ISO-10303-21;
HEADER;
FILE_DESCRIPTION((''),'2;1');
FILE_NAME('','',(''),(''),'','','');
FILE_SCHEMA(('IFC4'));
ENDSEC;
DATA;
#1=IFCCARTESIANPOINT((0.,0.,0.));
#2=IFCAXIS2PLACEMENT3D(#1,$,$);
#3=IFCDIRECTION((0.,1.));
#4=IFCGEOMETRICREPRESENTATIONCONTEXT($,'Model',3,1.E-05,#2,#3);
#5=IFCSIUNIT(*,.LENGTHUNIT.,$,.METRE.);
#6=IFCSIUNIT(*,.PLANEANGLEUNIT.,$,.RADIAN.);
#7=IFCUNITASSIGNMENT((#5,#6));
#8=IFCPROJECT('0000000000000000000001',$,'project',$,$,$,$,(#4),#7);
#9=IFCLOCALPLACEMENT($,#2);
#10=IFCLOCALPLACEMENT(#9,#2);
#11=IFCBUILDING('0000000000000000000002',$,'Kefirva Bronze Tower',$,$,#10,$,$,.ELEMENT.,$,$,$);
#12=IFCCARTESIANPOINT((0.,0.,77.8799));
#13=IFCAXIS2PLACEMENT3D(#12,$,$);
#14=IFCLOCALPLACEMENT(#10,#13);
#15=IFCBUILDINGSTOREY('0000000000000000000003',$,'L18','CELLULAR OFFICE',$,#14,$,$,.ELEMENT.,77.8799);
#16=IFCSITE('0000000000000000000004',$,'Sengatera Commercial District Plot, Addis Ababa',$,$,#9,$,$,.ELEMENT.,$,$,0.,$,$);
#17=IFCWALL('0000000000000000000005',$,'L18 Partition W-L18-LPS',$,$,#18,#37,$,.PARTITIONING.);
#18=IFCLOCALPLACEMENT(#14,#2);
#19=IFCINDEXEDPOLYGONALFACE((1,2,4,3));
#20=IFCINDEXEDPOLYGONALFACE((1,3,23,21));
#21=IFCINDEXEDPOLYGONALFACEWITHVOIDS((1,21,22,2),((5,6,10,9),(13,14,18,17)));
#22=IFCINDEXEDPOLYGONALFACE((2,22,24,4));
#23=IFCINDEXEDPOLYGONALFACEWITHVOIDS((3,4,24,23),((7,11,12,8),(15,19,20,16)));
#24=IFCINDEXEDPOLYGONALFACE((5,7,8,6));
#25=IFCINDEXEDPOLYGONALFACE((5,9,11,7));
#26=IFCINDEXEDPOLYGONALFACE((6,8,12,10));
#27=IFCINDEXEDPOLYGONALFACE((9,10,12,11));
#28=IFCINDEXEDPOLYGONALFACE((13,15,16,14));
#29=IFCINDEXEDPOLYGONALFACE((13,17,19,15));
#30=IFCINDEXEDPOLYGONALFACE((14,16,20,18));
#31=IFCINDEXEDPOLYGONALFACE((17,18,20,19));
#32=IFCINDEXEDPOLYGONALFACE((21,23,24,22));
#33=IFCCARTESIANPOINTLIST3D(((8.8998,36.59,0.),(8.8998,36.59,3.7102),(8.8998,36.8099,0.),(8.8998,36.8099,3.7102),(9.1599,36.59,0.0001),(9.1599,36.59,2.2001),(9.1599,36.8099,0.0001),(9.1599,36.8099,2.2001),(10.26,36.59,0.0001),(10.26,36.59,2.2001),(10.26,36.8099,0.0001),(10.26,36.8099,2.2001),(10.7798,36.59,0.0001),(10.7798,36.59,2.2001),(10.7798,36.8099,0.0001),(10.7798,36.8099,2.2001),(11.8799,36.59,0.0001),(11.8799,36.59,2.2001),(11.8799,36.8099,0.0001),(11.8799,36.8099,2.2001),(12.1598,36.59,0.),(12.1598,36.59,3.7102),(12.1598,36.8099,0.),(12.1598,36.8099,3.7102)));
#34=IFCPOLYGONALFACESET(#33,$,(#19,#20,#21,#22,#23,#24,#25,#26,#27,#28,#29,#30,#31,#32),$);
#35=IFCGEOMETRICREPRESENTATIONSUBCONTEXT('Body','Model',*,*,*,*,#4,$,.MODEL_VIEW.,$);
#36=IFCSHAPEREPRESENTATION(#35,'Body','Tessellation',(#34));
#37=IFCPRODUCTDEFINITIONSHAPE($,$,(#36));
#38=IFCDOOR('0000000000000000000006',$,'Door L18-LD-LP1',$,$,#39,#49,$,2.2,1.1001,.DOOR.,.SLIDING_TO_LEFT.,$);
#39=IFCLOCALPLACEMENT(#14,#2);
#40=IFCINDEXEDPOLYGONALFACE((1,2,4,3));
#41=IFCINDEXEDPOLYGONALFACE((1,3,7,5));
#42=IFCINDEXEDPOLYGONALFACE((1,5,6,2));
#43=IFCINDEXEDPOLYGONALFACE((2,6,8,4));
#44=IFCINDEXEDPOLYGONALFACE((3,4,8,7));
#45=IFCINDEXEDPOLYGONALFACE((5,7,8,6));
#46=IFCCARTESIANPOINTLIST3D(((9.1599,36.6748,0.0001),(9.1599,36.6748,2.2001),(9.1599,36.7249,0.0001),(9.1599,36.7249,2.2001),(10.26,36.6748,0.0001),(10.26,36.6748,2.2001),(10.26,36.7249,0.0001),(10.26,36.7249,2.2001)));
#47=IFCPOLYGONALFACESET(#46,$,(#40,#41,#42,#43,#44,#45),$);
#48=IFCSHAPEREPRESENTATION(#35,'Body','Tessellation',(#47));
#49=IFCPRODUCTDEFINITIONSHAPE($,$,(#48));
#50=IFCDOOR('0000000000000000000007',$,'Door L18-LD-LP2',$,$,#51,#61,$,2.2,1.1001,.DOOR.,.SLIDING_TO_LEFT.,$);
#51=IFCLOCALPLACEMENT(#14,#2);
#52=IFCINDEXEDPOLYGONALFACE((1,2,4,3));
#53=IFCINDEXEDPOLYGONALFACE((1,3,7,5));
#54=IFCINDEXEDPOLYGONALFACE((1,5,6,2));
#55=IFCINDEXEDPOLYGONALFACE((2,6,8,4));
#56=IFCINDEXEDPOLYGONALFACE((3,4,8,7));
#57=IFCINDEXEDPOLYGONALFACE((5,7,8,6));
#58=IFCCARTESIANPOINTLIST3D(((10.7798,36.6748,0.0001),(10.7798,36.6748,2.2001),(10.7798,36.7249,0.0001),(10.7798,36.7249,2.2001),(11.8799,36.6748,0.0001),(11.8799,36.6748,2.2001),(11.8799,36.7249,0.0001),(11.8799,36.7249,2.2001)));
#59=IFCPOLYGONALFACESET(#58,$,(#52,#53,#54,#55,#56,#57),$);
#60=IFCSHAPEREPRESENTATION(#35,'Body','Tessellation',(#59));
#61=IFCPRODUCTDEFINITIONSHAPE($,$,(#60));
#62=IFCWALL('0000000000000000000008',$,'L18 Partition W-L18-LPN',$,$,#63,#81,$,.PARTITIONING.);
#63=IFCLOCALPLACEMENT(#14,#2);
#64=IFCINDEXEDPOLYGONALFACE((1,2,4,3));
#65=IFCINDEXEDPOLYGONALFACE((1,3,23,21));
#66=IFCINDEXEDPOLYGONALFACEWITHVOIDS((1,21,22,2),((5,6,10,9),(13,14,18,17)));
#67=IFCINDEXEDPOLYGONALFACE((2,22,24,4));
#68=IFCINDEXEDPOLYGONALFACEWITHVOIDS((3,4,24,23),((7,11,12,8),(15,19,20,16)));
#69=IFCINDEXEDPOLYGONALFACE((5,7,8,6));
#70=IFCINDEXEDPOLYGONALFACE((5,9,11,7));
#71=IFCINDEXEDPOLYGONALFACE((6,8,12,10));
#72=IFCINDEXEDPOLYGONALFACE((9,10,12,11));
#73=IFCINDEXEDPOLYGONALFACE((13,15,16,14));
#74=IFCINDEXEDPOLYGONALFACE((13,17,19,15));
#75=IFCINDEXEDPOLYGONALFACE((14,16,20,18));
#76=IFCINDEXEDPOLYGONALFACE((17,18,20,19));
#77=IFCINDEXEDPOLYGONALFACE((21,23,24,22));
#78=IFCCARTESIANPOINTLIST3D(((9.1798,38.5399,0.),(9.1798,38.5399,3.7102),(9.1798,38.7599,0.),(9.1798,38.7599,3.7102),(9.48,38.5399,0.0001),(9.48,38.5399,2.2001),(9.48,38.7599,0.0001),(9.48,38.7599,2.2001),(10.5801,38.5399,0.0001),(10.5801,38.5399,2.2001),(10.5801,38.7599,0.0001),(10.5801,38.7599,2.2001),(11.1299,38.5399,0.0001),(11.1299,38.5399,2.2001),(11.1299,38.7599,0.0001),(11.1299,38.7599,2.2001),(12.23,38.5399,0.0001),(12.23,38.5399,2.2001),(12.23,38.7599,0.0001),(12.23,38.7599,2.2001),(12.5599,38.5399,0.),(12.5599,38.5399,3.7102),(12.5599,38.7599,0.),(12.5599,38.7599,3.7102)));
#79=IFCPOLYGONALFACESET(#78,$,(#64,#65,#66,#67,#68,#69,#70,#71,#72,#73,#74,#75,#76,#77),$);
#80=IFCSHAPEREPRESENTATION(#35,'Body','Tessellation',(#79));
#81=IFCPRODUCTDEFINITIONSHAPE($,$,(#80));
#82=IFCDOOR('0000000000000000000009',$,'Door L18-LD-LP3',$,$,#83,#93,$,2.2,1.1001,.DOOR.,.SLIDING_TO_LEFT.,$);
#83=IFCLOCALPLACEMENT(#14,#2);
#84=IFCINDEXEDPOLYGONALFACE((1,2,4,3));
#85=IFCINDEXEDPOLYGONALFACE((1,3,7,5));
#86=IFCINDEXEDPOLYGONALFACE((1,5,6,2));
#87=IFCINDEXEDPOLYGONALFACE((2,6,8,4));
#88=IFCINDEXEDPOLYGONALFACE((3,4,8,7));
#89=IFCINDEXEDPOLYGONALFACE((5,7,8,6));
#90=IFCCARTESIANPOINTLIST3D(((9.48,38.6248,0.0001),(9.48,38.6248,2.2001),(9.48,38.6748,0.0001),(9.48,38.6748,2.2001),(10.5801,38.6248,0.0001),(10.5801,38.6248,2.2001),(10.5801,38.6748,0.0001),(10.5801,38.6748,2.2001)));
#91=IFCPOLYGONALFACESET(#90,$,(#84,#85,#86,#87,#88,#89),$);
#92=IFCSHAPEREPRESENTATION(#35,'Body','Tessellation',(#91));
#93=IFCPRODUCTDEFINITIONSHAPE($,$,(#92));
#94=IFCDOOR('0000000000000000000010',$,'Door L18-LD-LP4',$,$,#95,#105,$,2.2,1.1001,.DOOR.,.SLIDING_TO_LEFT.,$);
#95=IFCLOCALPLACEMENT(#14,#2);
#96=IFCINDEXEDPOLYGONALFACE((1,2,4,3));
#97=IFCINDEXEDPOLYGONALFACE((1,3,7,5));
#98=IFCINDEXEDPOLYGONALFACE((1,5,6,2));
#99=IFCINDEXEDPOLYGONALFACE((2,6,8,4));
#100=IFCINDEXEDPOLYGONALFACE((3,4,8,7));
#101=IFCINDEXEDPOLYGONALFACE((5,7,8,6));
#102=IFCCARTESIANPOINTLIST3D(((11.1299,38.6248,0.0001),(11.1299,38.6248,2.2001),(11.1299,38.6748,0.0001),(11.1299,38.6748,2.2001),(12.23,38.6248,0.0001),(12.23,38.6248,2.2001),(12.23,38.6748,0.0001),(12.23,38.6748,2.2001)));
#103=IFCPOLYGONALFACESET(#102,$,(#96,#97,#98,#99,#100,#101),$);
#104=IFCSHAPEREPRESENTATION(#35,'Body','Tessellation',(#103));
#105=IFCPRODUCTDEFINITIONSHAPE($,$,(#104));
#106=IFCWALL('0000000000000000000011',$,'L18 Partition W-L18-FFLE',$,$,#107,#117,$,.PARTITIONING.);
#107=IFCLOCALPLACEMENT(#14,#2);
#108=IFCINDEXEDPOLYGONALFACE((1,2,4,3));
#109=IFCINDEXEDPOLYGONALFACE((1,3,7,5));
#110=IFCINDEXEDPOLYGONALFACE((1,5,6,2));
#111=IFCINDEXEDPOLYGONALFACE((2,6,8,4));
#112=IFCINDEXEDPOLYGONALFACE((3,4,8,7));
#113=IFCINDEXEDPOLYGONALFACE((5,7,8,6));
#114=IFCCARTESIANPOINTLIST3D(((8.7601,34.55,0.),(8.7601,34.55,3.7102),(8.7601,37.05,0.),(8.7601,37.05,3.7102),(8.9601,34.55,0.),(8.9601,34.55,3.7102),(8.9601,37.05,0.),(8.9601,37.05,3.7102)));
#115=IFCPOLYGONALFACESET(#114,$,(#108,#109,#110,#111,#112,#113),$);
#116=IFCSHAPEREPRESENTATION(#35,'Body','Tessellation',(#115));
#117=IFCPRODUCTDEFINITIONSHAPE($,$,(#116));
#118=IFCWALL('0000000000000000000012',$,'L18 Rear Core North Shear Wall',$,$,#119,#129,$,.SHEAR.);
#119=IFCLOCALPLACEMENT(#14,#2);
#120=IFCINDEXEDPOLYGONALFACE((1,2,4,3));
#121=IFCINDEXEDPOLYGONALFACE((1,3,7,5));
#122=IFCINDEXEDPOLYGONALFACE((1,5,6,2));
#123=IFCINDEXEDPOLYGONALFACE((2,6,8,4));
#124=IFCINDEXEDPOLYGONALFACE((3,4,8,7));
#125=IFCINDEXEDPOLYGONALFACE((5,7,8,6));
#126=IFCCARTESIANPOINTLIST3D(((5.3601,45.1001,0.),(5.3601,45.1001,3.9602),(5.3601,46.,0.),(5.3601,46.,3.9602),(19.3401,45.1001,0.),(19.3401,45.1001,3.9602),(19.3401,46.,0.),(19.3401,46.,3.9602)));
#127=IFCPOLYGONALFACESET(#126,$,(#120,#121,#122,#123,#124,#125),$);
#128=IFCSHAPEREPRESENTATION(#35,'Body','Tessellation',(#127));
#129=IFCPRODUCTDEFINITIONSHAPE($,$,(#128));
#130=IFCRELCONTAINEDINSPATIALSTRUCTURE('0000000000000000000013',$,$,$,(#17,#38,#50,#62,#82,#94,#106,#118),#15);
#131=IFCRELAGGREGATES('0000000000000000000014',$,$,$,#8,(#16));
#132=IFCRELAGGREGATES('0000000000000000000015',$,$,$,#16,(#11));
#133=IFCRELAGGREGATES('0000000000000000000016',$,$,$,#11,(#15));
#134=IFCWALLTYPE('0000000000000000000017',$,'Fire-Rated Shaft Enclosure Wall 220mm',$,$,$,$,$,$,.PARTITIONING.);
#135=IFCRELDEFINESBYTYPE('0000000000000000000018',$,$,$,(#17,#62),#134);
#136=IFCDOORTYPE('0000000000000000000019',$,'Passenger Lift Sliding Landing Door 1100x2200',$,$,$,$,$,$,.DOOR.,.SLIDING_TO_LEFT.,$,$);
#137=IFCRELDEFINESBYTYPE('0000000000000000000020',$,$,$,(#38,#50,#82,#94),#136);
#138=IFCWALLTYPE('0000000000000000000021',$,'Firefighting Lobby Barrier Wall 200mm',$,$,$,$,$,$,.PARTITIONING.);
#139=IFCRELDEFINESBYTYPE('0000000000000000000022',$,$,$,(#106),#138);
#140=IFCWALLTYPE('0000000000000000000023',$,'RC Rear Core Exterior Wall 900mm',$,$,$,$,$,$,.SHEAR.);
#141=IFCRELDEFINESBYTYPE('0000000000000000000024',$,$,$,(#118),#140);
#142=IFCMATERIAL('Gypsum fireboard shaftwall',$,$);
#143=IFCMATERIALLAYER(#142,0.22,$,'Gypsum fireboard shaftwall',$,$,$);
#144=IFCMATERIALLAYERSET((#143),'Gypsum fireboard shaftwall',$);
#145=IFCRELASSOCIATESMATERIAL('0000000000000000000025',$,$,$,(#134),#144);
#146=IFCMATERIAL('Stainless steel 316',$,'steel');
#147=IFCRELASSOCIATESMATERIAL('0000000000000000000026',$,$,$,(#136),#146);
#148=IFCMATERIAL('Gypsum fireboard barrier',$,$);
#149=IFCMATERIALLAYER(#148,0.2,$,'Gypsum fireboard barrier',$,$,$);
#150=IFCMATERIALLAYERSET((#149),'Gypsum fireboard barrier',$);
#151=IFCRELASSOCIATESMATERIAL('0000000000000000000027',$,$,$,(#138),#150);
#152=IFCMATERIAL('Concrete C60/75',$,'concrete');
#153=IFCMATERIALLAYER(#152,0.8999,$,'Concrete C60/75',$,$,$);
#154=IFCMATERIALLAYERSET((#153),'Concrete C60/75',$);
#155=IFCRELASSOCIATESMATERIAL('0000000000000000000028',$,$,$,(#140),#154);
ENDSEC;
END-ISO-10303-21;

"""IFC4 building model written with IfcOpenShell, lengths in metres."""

from ifc_helpers import new_model, si_unit, direction, frame, frame_2d, origin, place, context, subcontext, project, spatial, rectangle, extrude, material, layer, layer_set, type_object, element, fill, save


model = new_model("IFC4")

# Units and contexts
model_context = context("Model", 3, precision=1e-05, world=origin(), true_north=direction((0.0, 1.0)))
body_context = subcontext(model_context, "Body", "Model", "MODEL_VIEW")
ifc_project = project(units=[si_unit("LENGTHUNIT", "METRE"), si_unit("PLANEANGLEUNIT", "RADIAN")], contexts=[model_context])

# Site, building, storey
site_placement = place(None, origin())
site = spatial("IfcSite", under=ifc_project, at=site_placement, Name="Sengatera Commercial District Plot, Addis Ababa", CompositionType="ELEMENT", RefElevation=0.0)
building_placement = place(site_placement, origin())
building = spatial("IfcBuilding", under=site, at=building_placement, Name="Kefirva Bronze Tower", CompositionType="ELEMENT")
storey_placement = place(building_placement, frame((0.0, 0.0, 77.8799)))
storey = spatial("IfcBuildingStorey", under=building, at=storey_placement, Name="L18", Description="CELLULAR OFFICE", CompositionType="ELEMENT", Elevation=77.8799)

# Shared definitions
ifc_material_1 = material(Name="Concrete C60/75", Category="concrete")

# Shared definitions
ifc_material_2 = material(Name="Gypsum fireboard shaftwall")
ifc_layer_1 = layer(ifc_material_2, 0.22, Name="Gypsum fireboard shaftwall")
ifc_layer_set_1 = layer_set([ifc_layer_1], Name="Gypsum fireboard shaftwall")
wall_type_1 = type_object("IfcWallType", Name="Fire-Rated Shaft Enclosure Wall 220mm", PredefinedType="PARTITIONING", material=ifc_layer_set_1)
ifc_material_3 = material(Name="Stainless steel 316", Category="steel")

# Walls, openings, doors
wall_1_placement = place(storey_placement, frame((8.8999, 36.7, 0.0), z_axis=(0.0, 0.0, 1.0), x_axis=(1.0, 0.0, 0.0)))
wall_1 = element("IfcWall", 1, at=wall_1_placement, inside=storey, type_object=wall_type_1, Name="L18 Partition W-L18-LPS", PredefinedType="PARTITIONING", context=body_context, shape_type="SweptSolid", body=[
    extrude(rectangle(XDim=3.26, YDim=0.22, at=frame_2d((1.6299, 0.0))), origin(), (0.0, 0.0, 1.0), 3.7102),
])
opening_1_placement = place(wall_1_placement, frame((0.26, 0.0, 0.0)))
opening_1 = element("IfcOpeningElement", 2, at=opening_1_placement, cuts=wall_1, PredefinedType="OPENING", context=body_context, shape_type="SweptSolid", body=[
    extrude(rectangle(XDim=1.1001, YDim=2.2, at=frame_2d((0.55, 1.1001))), frame((0.0, 0.1201, 0.0), z_axis=(0.0, -1.0, 0.0), x_axis=(1.0, 0.0, 0.0)), (0.0, 0.0, 1.0), 0.24),
])
opening_2_placement = place(wall_1_placement, frame((1.8799, 0.0, 0.0)))
opening_2 = element("IfcOpeningElement", 3, at=opening_2_placement, cuts=wall_1, PredefinedType="OPENING", context=body_context, shape_type="SweptSolid", body=[
    extrude(rectangle(XDim=1.1001, YDim=2.2, at=frame_2d((0.55, 1.1001))), frame((0.0, 0.1201, 0.0), z_axis=(0.0, -1.0, 0.0), x_axis=(1.0, 0.0, 0.0)), (0.0, 0.0, 1.0), 0.24),
])
door_type_1 = type_object("IfcDoorType", Name="Passenger Lift Sliding Landing Door 1100x2200", OperationType="SLIDING_TO_LEFT", PredefinedType="DOOR", material=ifc_material_3)
door_1_placement = place(opening_1_placement, origin())
door_1 = element("IfcDoor", 4, at=door_1_placement, inside=storey, type_object=door_type_1, Name="Door L18-LD-LP1", OperationType="SLIDING_TO_LEFT", OverallHeight=2.2, OverallWidth=1.1001, PredefinedType="DOOR", context=body_context, shape_type="SweptSolid", body=[
    extrude(rectangle(XDim=1.1001, YDim=2.2, at=frame_2d((0.55, 1.1001))), frame((0.0, 0.0249, 0.0), z_axis=(0.0, -1.0, 0.0), x_axis=(1.0, 0.0, 0.0)), (0.0, 0.0, 1.0), 0.05),
])
fill(opening_1, door_1)
door_2_placement = place(opening_2_placement, origin())
door_2 = element("IfcDoor", 5, at=door_2_placement, inside=storey, type_object=door_type_1, Name="Door L18-LD-LP2", OperationType="SLIDING_TO_LEFT", OverallHeight=2.2, OverallWidth=1.1001, PredefinedType="DOOR", context=body_context, shape_type="SweptSolid", body=[
    extrude(rectangle(XDim=1.1001, YDim=2.2, at=frame_2d((0.55, 1.1001))), frame((0.0, 0.0249, 0.0), z_axis=(0.0, -1.0, 0.0), x_axis=(1.0, 0.0, 0.0)), (0.0, 0.0, 1.0), 0.05),
])
fill(opening_2, door_2)
wall_2_placement = place(storey_placement, frame((9.1799, 38.6499, 0.0), z_axis=(0.0, 0.0, 1.0), x_axis=(1.0, 0.0, 0.0)))
wall_2 = element("IfcWall", 6, at=wall_2_placement, inside=storey, type_object=wall_type_1, Name="L18 Partition W-L18-LPN", PredefinedType="PARTITIONING", context=body_context, shape_type="SweptSolid", body=[
    extrude(rectangle(XDim=3.3801, YDim=0.22, at=frame_2d((1.6899, 0.0))), origin(), (0.0, 0.0, 1.0), 3.7102),
])
opening_3_placement = place(wall_2_placement, frame((0.3, 0.0, 0.0)))
opening_3 = element("IfcOpeningElement", 7, at=opening_3_placement, cuts=wall_2, PredefinedType="OPENING", context=body_context, shape_type="SweptSolid", body=[
    extrude(rectangle(XDim=1.1001, YDim=2.2, at=frame_2d((0.55, 1.1001))), frame((0.0, 0.1201, 0.0), z_axis=(0.0, -1.0, 0.0), x_axis=(1.0, 0.0, 0.0)), (0.0, 0.0, 1.0), 0.24),
])
opening_4_placement = place(wall_2_placement, frame((1.95, 0.0, 0.0)))
opening_4 = element("IfcOpeningElement", 8, at=opening_4_placement, cuts=wall_2, PredefinedType="OPENING", context=body_context, shape_type="SweptSolid", body=[
    extrude(rectangle(XDim=1.1001, YDim=2.2, at=frame_2d((0.55, 1.1001))), frame((0.0, 0.1201, 0.0), z_axis=(0.0, -1.0, 0.0), x_axis=(1.0, 0.0, 0.0)), (0.0, 0.0, 1.0), 0.24),
])
door_3_placement = place(opening_3_placement, origin())
door_3 = element("IfcDoor", 9, at=door_3_placement, inside=storey, type_object=door_type_1, Name="Door L18-LD-LP3", OperationType="SLIDING_TO_LEFT", OverallHeight=2.2, OverallWidth=1.1001, PredefinedType="DOOR", context=body_context, shape_type="SweptSolid", body=[
    extrude(rectangle(XDim=1.1001, YDim=2.2, at=frame_2d((0.55, 1.1001))), frame((0.0, 0.0249, 0.0), z_axis=(0.0, -1.0, 0.0), x_axis=(1.0, 0.0, 0.0)), (0.0, 0.0, 1.0), 0.05),
])
fill(opening_3, door_3)
door_4_placement = place(opening_4_placement, origin())
door_4 = element("IfcDoor", 10, at=door_4_placement, inside=storey, type_object=door_type_1, Name="Door L18-LD-LP4", OperationType="SLIDING_TO_LEFT", OverallHeight=2.2, OverallWidth=1.1001, PredefinedType="DOOR", context=body_context, shape_type="SweptSolid", body=[
    extrude(rectangle(XDim=1.1001, YDim=2.2, at=frame_2d((0.55, 1.1001))), frame((0.0, 0.0249, 0.0), z_axis=(0.0, -1.0, 0.0), x_axis=(1.0, 0.0, 0.0)), (0.0, 0.0, 1.0), 0.05),
])
fill(opening_4, door_4)

# Walls
ifc_material_4 = material(Name="Gypsum fireboard barrier")
ifc_layer_2 = layer(ifc_material_4, 0.2, Name="Gypsum fireboard barrier")
ifc_layer_set_2 = layer_set([ifc_layer_2], Name="Gypsum fireboard barrier")
wall_type_2 = type_object("IfcWallType", Name="Firefighting Lobby Barrier Wall 200mm", PredefinedType="PARTITIONING", material=ifc_layer_set_2)
wall_3_placement = place(storey_placement, frame((8.8601, 34.55, 0.0), z_axis=(0.0, 0.0, 1.0), x_axis=(0.0, 1.0, 0.0)))
element("IfcWall", 11, at=wall_3_placement, inside=storey, type_object=wall_type_2, Name="L18 Partition W-L18-FFLE", PredefinedType="PARTITIONING", context=body_context, shape_type="SweptSolid", body=[
    extrude(rectangle(XDim=2.5, YDim=0.2, at=frame_2d((1.25, 0.0))), origin(), (0.0, 0.0, 1.0), 3.7102),
])
ifc_layer_3 = layer(ifc_material_1, 0.8999, Name="Concrete C60/75")
ifc_layer_set_3 = layer_set([ifc_layer_3], Name="Concrete C60/75")
wall_type_3 = type_object("IfcWallType", Name="RC Rear Core Exterior Wall 900mm", PredefinedType="SHEAR", material=ifc_layer_set_3)
wall_4_placement = place(storey_placement, frame((5.3601, 45.55, 0.0), z_axis=(0.0, 0.0, 1.0), x_axis=(1.0, 0.0, 0.0)))
element("IfcWall", 12, at=wall_4_placement, inside=storey, type_object=wall_type_3, Name="L18 Rear Core North Shear Wall", PredefinedType="SHEAR", context=body_context, shape_type="SweptSolid", body=[
    extrude(rectangle(XDim=13.98, YDim=0.8999, at=frame_2d((6.99, 0.0))), origin(), (0.0, 0.0, 1.0), 3.9602),
])

save(model, "model.ifc")
